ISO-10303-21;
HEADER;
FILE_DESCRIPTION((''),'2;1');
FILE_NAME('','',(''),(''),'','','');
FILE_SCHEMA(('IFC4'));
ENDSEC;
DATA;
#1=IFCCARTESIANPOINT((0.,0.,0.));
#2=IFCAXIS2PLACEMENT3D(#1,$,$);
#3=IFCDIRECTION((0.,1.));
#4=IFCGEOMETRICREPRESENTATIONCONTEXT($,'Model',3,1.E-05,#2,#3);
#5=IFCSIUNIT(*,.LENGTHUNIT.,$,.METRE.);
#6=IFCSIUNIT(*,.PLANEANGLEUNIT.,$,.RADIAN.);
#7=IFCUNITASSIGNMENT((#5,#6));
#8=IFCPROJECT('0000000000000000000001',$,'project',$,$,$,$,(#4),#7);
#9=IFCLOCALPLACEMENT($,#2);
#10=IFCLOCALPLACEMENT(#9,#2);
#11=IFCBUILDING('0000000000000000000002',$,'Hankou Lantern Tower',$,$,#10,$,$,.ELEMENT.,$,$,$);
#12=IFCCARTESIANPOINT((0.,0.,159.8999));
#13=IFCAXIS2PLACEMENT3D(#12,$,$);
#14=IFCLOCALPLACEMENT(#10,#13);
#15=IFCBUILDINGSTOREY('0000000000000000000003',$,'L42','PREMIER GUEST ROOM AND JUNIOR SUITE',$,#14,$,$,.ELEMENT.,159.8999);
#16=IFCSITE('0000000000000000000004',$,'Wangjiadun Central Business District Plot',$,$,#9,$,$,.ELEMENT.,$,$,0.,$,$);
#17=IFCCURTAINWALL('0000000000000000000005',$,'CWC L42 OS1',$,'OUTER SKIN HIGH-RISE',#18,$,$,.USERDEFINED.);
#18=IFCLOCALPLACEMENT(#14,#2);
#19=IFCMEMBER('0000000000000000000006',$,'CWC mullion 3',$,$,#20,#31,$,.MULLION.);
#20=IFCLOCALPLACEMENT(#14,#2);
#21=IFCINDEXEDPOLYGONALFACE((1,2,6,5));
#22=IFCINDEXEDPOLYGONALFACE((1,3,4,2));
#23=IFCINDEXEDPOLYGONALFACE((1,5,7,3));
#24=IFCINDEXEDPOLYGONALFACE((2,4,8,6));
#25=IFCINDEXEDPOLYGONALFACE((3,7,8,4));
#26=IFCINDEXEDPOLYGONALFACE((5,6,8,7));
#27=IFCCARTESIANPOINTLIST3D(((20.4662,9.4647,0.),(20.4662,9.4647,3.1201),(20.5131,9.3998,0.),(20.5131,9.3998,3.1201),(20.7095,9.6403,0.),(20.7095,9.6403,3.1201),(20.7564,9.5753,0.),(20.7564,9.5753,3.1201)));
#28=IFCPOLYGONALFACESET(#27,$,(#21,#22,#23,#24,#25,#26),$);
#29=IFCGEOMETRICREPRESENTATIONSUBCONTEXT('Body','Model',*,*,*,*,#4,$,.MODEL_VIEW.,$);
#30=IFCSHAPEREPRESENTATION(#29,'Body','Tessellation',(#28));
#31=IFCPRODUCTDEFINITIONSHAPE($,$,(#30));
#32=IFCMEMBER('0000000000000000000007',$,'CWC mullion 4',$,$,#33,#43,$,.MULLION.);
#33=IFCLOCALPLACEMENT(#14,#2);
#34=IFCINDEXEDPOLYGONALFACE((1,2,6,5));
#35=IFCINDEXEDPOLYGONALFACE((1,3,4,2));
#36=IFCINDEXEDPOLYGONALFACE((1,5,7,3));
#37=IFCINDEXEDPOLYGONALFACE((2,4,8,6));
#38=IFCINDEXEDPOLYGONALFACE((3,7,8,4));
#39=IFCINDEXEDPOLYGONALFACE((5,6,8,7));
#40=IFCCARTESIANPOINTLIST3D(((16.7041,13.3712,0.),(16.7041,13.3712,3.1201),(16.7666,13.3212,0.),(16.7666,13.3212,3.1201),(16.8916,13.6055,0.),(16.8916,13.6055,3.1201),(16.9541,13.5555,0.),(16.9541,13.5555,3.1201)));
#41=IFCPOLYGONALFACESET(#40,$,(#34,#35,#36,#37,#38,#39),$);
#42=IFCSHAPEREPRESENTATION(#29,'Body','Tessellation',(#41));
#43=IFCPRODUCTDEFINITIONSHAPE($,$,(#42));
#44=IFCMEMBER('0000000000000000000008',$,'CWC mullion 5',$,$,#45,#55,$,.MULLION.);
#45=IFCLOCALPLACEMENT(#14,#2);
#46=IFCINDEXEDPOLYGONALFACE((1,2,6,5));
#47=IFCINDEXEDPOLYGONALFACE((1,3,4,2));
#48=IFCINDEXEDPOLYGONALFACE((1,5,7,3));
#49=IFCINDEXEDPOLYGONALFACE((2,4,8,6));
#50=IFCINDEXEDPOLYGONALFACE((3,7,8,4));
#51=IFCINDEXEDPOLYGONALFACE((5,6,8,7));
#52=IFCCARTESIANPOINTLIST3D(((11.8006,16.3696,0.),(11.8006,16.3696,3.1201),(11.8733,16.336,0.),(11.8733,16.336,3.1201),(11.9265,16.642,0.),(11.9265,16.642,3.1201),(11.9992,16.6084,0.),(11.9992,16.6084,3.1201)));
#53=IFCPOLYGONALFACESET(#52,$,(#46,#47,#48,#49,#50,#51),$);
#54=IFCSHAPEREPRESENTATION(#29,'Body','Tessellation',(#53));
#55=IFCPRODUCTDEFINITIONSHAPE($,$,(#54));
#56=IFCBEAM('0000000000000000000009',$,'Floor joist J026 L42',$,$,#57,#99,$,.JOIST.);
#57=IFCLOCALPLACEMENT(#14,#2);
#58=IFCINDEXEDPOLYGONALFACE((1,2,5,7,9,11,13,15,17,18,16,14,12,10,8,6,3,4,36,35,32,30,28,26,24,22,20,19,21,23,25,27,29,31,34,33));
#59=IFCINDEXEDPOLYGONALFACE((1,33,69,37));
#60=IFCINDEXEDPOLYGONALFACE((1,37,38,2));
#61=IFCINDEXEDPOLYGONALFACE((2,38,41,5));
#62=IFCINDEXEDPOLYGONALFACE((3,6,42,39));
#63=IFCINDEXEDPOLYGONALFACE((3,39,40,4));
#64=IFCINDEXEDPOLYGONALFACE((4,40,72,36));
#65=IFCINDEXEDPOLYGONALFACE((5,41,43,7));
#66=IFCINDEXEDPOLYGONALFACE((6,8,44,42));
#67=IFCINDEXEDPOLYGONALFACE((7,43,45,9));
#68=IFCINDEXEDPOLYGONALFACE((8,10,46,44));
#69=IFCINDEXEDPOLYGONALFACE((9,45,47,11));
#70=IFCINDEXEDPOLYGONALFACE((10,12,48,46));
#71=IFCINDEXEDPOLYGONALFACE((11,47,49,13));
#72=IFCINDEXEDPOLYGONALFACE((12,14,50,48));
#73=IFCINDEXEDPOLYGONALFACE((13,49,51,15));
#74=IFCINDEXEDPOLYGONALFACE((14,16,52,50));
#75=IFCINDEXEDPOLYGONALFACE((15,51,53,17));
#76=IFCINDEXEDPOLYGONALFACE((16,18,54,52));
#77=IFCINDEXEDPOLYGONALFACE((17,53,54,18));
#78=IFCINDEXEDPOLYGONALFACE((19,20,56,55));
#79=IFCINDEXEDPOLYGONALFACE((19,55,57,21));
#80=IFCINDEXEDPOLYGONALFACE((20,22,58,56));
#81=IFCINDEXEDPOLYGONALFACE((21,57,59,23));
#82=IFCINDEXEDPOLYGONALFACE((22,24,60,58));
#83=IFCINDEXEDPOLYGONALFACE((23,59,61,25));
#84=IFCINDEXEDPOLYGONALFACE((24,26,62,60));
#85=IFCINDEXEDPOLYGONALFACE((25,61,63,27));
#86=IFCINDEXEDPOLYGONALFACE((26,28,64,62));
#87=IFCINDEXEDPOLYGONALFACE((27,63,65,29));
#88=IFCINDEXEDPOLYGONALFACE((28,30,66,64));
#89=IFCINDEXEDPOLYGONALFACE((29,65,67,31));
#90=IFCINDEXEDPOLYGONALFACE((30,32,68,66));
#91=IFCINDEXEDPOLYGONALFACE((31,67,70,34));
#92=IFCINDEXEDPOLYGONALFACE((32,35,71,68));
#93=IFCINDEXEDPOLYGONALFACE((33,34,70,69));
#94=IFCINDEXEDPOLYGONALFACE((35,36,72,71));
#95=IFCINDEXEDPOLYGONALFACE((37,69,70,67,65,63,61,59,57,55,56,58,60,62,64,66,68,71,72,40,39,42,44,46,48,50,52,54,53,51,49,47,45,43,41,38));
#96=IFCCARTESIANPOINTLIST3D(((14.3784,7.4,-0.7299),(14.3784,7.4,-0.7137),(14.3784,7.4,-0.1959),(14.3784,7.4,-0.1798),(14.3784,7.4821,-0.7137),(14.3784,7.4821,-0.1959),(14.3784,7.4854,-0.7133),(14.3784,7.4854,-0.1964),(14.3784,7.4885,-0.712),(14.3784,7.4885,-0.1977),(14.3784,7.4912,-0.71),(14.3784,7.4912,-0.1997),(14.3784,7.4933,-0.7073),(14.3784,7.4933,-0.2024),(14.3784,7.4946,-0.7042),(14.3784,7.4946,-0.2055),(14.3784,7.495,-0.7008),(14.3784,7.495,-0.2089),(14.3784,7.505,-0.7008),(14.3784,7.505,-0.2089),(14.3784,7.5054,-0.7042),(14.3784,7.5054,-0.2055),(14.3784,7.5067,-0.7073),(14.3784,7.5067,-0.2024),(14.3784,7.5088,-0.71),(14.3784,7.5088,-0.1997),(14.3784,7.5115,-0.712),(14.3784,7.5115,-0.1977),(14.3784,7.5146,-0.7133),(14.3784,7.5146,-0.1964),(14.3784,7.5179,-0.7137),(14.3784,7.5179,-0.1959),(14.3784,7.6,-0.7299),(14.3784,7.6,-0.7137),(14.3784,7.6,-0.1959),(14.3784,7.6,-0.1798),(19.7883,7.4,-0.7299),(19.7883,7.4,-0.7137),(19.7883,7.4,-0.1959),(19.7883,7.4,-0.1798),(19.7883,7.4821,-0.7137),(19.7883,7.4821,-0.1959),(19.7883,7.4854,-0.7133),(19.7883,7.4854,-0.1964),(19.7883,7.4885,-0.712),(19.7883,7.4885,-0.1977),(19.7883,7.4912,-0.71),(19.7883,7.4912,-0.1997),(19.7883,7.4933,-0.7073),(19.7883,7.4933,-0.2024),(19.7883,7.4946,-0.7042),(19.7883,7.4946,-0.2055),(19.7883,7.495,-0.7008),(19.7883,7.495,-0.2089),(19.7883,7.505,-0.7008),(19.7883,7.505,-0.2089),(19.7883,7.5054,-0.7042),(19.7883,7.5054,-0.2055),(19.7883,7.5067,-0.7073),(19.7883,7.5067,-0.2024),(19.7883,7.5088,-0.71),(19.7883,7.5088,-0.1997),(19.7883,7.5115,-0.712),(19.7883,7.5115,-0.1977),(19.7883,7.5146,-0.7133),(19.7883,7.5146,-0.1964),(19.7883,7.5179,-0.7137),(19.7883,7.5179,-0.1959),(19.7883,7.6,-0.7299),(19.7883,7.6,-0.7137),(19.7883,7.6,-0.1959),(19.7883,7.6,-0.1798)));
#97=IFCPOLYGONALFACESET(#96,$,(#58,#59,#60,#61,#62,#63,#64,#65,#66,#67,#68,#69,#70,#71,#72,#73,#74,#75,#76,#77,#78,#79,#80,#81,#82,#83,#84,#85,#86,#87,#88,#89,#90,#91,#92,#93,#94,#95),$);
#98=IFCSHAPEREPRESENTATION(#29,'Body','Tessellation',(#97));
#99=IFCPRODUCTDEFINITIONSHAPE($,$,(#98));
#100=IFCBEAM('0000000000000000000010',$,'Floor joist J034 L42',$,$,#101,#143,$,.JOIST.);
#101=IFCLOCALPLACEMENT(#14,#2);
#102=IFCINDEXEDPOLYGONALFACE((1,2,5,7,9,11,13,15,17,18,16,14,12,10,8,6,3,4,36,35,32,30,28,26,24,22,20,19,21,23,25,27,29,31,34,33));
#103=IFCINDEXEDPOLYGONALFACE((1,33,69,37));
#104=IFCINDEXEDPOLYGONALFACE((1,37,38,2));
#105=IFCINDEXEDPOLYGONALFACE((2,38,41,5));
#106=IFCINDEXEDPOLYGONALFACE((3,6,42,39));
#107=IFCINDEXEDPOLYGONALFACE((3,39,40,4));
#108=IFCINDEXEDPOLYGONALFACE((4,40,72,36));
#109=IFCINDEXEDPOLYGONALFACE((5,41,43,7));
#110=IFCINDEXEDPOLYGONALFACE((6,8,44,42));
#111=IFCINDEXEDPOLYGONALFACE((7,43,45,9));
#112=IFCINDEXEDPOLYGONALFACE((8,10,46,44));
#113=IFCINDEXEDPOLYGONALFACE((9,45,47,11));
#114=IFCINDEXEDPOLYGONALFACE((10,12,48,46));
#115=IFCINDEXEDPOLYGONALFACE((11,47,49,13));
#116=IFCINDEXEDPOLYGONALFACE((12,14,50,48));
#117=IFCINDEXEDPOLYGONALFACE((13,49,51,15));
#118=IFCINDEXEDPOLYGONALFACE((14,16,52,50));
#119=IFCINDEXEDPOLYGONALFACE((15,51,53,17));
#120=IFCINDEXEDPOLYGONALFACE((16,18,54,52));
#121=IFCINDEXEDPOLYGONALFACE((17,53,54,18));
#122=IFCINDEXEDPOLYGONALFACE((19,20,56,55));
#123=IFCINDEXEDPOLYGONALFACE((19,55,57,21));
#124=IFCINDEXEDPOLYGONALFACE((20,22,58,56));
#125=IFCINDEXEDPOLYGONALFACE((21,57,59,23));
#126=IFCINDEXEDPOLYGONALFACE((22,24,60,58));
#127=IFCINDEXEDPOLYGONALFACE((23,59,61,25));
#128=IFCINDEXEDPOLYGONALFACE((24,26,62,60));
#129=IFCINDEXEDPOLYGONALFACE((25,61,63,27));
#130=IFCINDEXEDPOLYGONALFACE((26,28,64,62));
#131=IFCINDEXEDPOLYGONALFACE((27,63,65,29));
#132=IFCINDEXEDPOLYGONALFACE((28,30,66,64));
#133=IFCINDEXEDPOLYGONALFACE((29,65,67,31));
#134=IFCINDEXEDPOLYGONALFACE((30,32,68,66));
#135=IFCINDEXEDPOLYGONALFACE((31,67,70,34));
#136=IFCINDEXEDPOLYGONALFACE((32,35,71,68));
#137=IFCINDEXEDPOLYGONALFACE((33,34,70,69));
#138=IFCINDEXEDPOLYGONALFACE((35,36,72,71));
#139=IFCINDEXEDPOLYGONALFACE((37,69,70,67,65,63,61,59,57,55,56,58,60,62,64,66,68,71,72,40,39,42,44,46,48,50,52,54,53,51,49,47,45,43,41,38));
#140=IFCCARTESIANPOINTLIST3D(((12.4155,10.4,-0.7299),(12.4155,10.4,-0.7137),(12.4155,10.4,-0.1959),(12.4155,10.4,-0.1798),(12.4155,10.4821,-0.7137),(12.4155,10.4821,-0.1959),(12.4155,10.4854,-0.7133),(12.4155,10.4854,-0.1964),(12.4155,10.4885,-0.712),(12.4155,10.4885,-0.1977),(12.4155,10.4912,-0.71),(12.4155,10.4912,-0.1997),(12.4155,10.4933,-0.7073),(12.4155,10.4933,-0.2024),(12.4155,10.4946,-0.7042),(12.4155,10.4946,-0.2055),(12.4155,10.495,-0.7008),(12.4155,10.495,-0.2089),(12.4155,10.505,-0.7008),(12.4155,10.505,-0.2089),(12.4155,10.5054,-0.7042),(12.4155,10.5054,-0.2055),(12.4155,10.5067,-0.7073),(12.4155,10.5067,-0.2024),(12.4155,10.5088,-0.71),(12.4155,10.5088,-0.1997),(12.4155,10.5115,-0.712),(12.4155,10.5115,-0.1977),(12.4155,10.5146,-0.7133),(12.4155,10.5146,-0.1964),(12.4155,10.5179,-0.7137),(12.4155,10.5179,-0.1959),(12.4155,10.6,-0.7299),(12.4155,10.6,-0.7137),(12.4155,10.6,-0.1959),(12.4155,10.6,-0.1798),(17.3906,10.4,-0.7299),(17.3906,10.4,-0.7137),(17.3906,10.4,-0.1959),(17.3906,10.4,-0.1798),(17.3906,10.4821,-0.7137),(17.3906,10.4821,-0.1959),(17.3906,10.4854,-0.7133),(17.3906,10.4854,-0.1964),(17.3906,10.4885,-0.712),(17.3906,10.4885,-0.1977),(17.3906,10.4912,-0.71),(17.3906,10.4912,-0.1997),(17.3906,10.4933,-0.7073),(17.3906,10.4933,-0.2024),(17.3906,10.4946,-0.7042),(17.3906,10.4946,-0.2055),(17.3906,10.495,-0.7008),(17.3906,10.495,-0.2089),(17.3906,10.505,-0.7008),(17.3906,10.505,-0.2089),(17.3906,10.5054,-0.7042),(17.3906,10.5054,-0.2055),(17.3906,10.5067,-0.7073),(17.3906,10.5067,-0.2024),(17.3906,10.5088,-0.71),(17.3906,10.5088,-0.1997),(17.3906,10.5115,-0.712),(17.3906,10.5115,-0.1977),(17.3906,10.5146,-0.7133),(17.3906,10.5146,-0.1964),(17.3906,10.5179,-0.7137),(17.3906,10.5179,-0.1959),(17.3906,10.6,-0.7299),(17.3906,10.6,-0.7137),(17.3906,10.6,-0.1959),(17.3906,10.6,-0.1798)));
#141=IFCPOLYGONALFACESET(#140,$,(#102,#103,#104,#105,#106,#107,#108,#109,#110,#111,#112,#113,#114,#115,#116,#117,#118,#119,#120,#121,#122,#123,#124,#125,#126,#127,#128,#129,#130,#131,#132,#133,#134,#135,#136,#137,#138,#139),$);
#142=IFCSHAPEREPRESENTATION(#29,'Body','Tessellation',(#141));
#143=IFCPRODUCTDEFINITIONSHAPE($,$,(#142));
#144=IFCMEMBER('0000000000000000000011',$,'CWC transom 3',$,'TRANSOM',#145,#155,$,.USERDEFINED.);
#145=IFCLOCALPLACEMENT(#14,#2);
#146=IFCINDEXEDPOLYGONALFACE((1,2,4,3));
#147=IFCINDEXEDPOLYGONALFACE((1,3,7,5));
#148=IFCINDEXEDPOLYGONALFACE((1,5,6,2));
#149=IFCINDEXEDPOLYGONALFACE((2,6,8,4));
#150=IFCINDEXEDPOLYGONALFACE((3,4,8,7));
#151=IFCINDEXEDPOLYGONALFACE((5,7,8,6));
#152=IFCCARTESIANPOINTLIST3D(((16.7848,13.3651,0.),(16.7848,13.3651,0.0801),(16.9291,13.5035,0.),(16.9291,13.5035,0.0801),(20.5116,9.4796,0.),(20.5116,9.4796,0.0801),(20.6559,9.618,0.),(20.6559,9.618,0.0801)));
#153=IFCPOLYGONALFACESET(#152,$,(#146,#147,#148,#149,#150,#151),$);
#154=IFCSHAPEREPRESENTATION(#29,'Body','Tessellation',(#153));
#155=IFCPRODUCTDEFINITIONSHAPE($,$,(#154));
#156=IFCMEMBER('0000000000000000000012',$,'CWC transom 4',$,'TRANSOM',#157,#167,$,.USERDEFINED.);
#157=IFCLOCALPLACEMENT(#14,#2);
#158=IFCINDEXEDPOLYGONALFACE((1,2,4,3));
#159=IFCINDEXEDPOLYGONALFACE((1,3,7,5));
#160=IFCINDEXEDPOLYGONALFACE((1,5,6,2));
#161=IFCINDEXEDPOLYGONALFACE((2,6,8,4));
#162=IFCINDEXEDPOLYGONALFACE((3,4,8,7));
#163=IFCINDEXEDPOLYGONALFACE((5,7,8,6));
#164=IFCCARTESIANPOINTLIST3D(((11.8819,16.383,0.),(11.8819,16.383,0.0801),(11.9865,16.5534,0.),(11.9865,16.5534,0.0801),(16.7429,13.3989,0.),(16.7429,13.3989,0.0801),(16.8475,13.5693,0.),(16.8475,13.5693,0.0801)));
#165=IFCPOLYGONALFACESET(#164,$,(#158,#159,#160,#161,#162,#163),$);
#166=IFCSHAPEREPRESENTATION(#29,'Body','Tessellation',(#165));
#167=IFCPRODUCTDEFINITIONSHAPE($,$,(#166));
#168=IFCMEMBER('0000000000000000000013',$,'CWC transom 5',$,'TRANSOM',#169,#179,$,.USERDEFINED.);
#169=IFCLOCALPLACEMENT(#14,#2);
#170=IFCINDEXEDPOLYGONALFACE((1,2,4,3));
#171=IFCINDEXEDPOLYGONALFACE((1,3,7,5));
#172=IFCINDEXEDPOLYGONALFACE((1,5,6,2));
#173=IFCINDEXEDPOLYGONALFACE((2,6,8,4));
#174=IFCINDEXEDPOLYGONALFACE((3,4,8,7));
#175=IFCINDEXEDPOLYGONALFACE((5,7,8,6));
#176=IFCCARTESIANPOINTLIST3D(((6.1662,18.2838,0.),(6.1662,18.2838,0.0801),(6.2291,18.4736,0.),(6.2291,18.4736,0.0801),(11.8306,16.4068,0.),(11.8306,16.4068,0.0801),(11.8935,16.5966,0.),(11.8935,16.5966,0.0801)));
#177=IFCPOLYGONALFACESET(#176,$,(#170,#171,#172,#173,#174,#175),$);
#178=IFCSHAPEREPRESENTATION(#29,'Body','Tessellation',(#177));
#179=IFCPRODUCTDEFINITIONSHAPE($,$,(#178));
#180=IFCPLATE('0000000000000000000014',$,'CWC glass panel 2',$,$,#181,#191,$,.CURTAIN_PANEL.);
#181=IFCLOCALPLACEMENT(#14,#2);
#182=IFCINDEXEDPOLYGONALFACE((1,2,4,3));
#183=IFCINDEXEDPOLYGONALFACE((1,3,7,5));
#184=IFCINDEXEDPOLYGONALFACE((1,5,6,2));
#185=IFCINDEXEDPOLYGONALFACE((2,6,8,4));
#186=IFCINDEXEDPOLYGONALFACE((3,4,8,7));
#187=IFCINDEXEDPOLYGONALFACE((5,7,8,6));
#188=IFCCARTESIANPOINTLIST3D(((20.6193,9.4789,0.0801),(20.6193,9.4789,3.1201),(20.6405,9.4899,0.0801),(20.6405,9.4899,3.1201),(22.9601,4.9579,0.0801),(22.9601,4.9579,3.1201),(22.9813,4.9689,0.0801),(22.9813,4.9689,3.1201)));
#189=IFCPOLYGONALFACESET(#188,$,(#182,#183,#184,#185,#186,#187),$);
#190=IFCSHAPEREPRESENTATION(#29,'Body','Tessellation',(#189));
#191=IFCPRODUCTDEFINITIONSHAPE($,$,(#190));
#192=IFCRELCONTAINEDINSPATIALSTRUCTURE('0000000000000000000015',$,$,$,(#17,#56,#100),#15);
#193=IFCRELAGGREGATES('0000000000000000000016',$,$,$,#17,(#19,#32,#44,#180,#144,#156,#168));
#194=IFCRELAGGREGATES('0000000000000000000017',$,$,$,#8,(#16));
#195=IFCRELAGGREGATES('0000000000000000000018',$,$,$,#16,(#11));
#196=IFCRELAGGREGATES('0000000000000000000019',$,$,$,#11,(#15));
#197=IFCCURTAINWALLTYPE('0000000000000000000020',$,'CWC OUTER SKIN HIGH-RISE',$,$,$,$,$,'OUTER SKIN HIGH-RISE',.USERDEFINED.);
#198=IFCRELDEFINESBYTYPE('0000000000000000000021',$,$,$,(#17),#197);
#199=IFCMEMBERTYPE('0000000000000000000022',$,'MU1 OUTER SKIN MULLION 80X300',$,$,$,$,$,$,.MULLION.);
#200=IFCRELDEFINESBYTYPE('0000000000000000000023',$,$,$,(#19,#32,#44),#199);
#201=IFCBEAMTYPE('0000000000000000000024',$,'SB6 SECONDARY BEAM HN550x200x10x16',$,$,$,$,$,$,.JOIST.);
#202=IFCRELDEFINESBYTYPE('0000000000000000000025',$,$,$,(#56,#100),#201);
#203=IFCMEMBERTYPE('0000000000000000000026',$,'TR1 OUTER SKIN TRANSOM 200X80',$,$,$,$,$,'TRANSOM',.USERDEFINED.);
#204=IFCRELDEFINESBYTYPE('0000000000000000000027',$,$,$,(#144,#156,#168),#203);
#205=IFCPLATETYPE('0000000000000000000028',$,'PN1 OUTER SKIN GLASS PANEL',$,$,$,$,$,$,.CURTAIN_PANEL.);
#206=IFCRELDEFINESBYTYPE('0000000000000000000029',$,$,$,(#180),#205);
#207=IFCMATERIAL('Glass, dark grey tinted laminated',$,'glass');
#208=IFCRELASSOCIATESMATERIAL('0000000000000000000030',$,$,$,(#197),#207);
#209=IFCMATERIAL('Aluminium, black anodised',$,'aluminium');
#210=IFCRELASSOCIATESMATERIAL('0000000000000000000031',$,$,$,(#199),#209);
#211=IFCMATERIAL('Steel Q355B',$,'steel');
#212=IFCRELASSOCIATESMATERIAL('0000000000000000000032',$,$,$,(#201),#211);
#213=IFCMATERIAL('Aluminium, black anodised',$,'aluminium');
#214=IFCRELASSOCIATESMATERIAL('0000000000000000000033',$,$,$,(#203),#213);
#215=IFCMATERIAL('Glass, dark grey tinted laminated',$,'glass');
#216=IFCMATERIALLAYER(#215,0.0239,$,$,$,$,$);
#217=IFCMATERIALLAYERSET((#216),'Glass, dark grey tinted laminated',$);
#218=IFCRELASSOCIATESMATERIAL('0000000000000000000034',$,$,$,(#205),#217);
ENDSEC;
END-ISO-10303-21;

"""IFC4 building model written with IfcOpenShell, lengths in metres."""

from ifc_helpers import new_model, si_unit, direction, frame, origin, origin_2d, place, context, subcontext, project, spatial, rectangle, i_section, extrude, material, layer, layer_set, material_profile, profile_set, type_object, element, aggregate, save


model = new_model("IFC4")

# Units and contexts
model_context = context("Model", 3, precision=1e-05, world=origin(), true_north=direction((0.0, 1.0)))
body_context = subcontext(model_context, "Body", "Model", "MODEL_VIEW")
ifc_project = project(units=[si_unit("LENGTHUNIT", "METRE"), si_unit("PLANEANGLEUNIT", "RADIAN")], contexts=[model_context])

# Site, building, storey
site_placement = place(None, origin())
site = spatial("IfcSite", under=ifc_project, at=site_placement, Name="Wangjiadun Central Business District Plot", CompositionType="ELEMENT", RefElevation=0.0)
building_placement = place(site_placement, origin())
building = spatial("IfcBuilding", under=site, at=building_placement, Name="Hankou Lantern Tower", CompositionType="ELEMENT")
storey_placement = place(building_placement, frame((0.0, 0.0, 159.8999)))
storey = spatial("IfcBuildingStorey", under=building, at=storey_placement, Name="L42", Description="PREMIER GUEST ROOM AND JUNIOR SUITE", CompositionType="ELEMENT", Elevation=159.8999)

# Curtain wall, members
ifc_material_1 = material(Name="Glass, dark grey tinted laminated", Category="glass")
curtain_wall_type = type_object("IfcCurtainWallType", Name="CWC OUTER SKIN HIGH-RISE", ElementType="OUTER SKIN HIGH-RISE", PredefinedType="USERDEFINED", material=ifc_material_1)
curtain_wall_placement = place(storey_placement, origin())
curtain_wall = element("IfcCurtainWall", 1, at=curtain_wall_placement, inside=storey, type_object=curtain_wall_type, Name="CWC L42 OS1", ObjectType="OUTER SKIN HIGH-RISE", PredefinedType="USERDEFINED")
ifc_material_2 = material(Name="Aluminium, black anodised", Category="aluminium")
ifc_material_profile_1 = material_profile(ifc_material_2, rectangle(XDim=0.0801, YDim=0.3, at=origin_2d()), Name="MU1 80X300")
ifc_profile_set_1 = profile_set([ifc_material_profile_1], Name="Aluminium, black anodised")
member_type_1 = type_object("IfcMemberType", Name="MU1 OUTER SKIN MULLION 80X300", PredefinedType="MULLION", material=ifc_profile_set_1)
member_1_placement = place(storey_placement, frame((20.6113, 9.52, 0.0), z_axis=(0.0, 0.0, 1.0), x_axis=(-0.585206, 0.810885, 0.0)))
member_1 = element("IfcMember", 2, at=member_1_placement, type_object=member_type_1, Name="CWC mullion 3", PredefinedType="MULLION", context=body_context, shape_type="SweptSolid", body=[
    extrude(rectangle(XDim=0.0801, YDim=0.3, at=origin_2d()), origin(), (0.0, 0.0, 1.0), 3.1201),
])
member_2_placement = place(storey_placement, frame((16.8291, 13.4634, 0.0), z_axis=(0.0, 0.0, 1.0), x_axis=(-0.780869, 0.624695, 0.0)))
member_2 = element("IfcMember", 3, at=member_2_placement, type_object=member_type_1, Name="CWC mullion 4", PredefinedType="MULLION", context=body_context, shape_type="SweptSolid", body=[
    extrude(rectangle(XDim=0.0801, YDim=0.3, at=origin_2d()), origin(), (0.0, 0.0, 1.0), 3.1201),
])
member_3_placement = place(storey_placement, frame((11.8999, 16.489, 0.0), z_axis=(0.0, 0.0, 1.0), x_axis=(-0.907841, 0.419314, 0.0)))
member_3 = element("IfcMember", 4, at=member_3_placement, type_object=member_type_1, Name="CWC mullion 5", PredefinedType="MULLION", context=body_context, shape_type="SweptSolid", body=[
    extrude(rectangle(XDim=0.0801, YDim=0.3, at=origin_2d()), origin(), (0.0, 0.0, 1.0), 3.1201),
])

# Beams
ifc_material_3 = material(Name="Steel Q355B", Category="steel")
ifc_material_profile_2 = material_profile(ifc_material_3, i_section(OverallWidth=0.2, OverallDepth=0.55, WebThickness=0.01, FlangeThickness=0.0161, FilletRadius=0.0129, at=origin_2d()), Name="HN550x200x10x16")
ifc_profile_set_2 = profile_set([ifc_material_profile_2], Name="Steel Q355B")
beam_type_1 = type_object("IfcBeamType", Name="SB6 SECONDARY BEAM HN550x200x10x16", PredefinedType="JOIST", material=ifc_profile_set_2)
beam_1_placement = place(storey_placement, frame((14.3784, 7.5, -0.4548), z_axis=(1.0, 0.0, 0.0), x_axis=(0.0, 1.0, 0.0)))
element("IfcBeam", 5, at=beam_1_placement, inside=storey, type_object=beam_type_1, Name="Floor joist J026 L42", PredefinedType="JOIST", context=body_context, shape_type="SweptSolid", body=[
    extrude(i_section(OverallWidth=0.2, OverallDepth=0.55, WebThickness=0.01, FlangeThickness=0.0161, FilletRadius=0.0129, at=origin_2d()), origin(), (0.0, 0.0, 1.0), 5.4099),
])
beam_2_placement = place(storey_placement, frame((12.4155, 10.5, -0.4548), z_axis=(1.0, 0.0, 0.0), x_axis=(0.0, 1.0, 0.0)))
element("IfcBeam", 6, at=beam_2_placement, inside=storey, type_object=beam_type_1, Name="Floor joist J034 L42", PredefinedType="JOIST", context=body_context, shape_type="SweptSolid", body=[
    extrude(i_section(OverallWidth=0.2, OverallDepth=0.55, WebThickness=0.01, FlangeThickness=0.0161, FilletRadius=0.0129, at=origin_2d()), origin(), (0.0, 0.0, 1.0), 4.9751),
])

# Members
ifc_material_4 = material(Name="Aluminium, black anodised", Category="aluminium")
ifc_material_profile_3 = material_profile(ifc_material_4, rectangle(XDim=0.2, YDim=0.0801, at=origin_2d()), Name="TR1 200X80")
ifc_profile_set_3 = profile_set([ifc_material_profile_3], Name="Aluminium, black anodised")
member_type_2 = type_object("IfcMemberType", Name="TR1 OUTER SKIN TRANSOM 200X80", ElementType="TRANSOM", PredefinedType="USERDEFINED", material=ifc_profile_set_3)
member_4_placement = place(storey_placement, frame((20.5837, 9.5488, 0.04), z_axis=(-0.692216, 0.721691, 0.0), x_axis=(-0.721691, -0.692216, 0.0)))
member_4 = element("IfcMember", 7, at=member_4_placement, type_object=member_type_2, Name="CWC transom 3", ObjectType="TRANSOM", PredefinedType="USERDEFINED", context=body_context, shape_type="SweptSolid", body=[
    extrude(rectangle(XDim=0.2, YDim=0.0801, at=origin_2d()), origin(), (0.0, 0.0, 1.0), 5.3838),
])
member_5_placement = place(storey_placement, frame((16.7952, 13.4841, 0.04), z_axis=(-0.852229, 0.523168, 0.0), x_axis=(-0.523168, -0.852229, 0.0)))
member_5 = element("IfcMember", 8, at=member_5_placement, type_object=member_type_2, Name="CWC transom 4", ObjectType="TRANSOM", PredefinedType="USERDEFINED", context=body_context, shape_type="SweptSolid", body=[
    extrude(rectangle(XDim=0.2, YDim=0.0801, at=origin_2d()), origin(), (0.0, 0.0, 1.0), 5.7039),
])
member_6_placement = place(storey_placement, frame((11.8621, 16.5017, 0.04), z_axis=(-0.949242, 0.314546, 0.0), x_axis=(-0.314546, -0.949242, 0.0)))
member_6 = element("IfcMember", 9, at=member_6_placement, type_object=member_type_2, Name="CWC transom 5", ObjectType="TRANSOM", PredefinedType="USERDEFINED", context=body_context, shape_type="SweptSolid", body=[
    extrude(rectangle(XDim=0.2, YDim=0.0801, at=origin_2d()), origin(), (0.0, 0.0, 1.0), 5.9673),
])

# Plate
ifc_material_5 = material(Name="Glass, dark grey tinted laminated", Category="glass")
ifc_layer_1 = layer(ifc_material_5, 0.0239)
ifc_layer_set_1 = layer_set([ifc_layer_1], Name="Glass, dark grey tinted laminated")
plate_type = type_object("IfcPlateType", Name="PN1 OUTER SKIN GLASS PANEL", PredefinedType="CURTAIN_PANEL", material=ifc_layer_set_1)
plate_1_placement = place(storey_placement, frame((21.8003, 7.2239, 0.0801), z_axis=(0.0, 0.0, 1.0), x_axis=(-0.459791, 0.888027, 0.0)))
plate_1 = element("IfcPlate", 10, at=plate_1_placement, type_object=plate_type, Name="CWC glass panel 2", PredefinedType="CURTAIN_PANEL", context=body_context, shape_type="SweptSolid", body=[
    extrude(rectangle(XDim=5.0911, YDim=0.0239, at=origin_2d()), origin(), (0.0, 0.0, 1.0), 3.04),
])
aggregate(curtain_wall, [member_1, member_2, member_3, plate_1, member_4, member_5, member_6])

save(model, "model.ifc")
